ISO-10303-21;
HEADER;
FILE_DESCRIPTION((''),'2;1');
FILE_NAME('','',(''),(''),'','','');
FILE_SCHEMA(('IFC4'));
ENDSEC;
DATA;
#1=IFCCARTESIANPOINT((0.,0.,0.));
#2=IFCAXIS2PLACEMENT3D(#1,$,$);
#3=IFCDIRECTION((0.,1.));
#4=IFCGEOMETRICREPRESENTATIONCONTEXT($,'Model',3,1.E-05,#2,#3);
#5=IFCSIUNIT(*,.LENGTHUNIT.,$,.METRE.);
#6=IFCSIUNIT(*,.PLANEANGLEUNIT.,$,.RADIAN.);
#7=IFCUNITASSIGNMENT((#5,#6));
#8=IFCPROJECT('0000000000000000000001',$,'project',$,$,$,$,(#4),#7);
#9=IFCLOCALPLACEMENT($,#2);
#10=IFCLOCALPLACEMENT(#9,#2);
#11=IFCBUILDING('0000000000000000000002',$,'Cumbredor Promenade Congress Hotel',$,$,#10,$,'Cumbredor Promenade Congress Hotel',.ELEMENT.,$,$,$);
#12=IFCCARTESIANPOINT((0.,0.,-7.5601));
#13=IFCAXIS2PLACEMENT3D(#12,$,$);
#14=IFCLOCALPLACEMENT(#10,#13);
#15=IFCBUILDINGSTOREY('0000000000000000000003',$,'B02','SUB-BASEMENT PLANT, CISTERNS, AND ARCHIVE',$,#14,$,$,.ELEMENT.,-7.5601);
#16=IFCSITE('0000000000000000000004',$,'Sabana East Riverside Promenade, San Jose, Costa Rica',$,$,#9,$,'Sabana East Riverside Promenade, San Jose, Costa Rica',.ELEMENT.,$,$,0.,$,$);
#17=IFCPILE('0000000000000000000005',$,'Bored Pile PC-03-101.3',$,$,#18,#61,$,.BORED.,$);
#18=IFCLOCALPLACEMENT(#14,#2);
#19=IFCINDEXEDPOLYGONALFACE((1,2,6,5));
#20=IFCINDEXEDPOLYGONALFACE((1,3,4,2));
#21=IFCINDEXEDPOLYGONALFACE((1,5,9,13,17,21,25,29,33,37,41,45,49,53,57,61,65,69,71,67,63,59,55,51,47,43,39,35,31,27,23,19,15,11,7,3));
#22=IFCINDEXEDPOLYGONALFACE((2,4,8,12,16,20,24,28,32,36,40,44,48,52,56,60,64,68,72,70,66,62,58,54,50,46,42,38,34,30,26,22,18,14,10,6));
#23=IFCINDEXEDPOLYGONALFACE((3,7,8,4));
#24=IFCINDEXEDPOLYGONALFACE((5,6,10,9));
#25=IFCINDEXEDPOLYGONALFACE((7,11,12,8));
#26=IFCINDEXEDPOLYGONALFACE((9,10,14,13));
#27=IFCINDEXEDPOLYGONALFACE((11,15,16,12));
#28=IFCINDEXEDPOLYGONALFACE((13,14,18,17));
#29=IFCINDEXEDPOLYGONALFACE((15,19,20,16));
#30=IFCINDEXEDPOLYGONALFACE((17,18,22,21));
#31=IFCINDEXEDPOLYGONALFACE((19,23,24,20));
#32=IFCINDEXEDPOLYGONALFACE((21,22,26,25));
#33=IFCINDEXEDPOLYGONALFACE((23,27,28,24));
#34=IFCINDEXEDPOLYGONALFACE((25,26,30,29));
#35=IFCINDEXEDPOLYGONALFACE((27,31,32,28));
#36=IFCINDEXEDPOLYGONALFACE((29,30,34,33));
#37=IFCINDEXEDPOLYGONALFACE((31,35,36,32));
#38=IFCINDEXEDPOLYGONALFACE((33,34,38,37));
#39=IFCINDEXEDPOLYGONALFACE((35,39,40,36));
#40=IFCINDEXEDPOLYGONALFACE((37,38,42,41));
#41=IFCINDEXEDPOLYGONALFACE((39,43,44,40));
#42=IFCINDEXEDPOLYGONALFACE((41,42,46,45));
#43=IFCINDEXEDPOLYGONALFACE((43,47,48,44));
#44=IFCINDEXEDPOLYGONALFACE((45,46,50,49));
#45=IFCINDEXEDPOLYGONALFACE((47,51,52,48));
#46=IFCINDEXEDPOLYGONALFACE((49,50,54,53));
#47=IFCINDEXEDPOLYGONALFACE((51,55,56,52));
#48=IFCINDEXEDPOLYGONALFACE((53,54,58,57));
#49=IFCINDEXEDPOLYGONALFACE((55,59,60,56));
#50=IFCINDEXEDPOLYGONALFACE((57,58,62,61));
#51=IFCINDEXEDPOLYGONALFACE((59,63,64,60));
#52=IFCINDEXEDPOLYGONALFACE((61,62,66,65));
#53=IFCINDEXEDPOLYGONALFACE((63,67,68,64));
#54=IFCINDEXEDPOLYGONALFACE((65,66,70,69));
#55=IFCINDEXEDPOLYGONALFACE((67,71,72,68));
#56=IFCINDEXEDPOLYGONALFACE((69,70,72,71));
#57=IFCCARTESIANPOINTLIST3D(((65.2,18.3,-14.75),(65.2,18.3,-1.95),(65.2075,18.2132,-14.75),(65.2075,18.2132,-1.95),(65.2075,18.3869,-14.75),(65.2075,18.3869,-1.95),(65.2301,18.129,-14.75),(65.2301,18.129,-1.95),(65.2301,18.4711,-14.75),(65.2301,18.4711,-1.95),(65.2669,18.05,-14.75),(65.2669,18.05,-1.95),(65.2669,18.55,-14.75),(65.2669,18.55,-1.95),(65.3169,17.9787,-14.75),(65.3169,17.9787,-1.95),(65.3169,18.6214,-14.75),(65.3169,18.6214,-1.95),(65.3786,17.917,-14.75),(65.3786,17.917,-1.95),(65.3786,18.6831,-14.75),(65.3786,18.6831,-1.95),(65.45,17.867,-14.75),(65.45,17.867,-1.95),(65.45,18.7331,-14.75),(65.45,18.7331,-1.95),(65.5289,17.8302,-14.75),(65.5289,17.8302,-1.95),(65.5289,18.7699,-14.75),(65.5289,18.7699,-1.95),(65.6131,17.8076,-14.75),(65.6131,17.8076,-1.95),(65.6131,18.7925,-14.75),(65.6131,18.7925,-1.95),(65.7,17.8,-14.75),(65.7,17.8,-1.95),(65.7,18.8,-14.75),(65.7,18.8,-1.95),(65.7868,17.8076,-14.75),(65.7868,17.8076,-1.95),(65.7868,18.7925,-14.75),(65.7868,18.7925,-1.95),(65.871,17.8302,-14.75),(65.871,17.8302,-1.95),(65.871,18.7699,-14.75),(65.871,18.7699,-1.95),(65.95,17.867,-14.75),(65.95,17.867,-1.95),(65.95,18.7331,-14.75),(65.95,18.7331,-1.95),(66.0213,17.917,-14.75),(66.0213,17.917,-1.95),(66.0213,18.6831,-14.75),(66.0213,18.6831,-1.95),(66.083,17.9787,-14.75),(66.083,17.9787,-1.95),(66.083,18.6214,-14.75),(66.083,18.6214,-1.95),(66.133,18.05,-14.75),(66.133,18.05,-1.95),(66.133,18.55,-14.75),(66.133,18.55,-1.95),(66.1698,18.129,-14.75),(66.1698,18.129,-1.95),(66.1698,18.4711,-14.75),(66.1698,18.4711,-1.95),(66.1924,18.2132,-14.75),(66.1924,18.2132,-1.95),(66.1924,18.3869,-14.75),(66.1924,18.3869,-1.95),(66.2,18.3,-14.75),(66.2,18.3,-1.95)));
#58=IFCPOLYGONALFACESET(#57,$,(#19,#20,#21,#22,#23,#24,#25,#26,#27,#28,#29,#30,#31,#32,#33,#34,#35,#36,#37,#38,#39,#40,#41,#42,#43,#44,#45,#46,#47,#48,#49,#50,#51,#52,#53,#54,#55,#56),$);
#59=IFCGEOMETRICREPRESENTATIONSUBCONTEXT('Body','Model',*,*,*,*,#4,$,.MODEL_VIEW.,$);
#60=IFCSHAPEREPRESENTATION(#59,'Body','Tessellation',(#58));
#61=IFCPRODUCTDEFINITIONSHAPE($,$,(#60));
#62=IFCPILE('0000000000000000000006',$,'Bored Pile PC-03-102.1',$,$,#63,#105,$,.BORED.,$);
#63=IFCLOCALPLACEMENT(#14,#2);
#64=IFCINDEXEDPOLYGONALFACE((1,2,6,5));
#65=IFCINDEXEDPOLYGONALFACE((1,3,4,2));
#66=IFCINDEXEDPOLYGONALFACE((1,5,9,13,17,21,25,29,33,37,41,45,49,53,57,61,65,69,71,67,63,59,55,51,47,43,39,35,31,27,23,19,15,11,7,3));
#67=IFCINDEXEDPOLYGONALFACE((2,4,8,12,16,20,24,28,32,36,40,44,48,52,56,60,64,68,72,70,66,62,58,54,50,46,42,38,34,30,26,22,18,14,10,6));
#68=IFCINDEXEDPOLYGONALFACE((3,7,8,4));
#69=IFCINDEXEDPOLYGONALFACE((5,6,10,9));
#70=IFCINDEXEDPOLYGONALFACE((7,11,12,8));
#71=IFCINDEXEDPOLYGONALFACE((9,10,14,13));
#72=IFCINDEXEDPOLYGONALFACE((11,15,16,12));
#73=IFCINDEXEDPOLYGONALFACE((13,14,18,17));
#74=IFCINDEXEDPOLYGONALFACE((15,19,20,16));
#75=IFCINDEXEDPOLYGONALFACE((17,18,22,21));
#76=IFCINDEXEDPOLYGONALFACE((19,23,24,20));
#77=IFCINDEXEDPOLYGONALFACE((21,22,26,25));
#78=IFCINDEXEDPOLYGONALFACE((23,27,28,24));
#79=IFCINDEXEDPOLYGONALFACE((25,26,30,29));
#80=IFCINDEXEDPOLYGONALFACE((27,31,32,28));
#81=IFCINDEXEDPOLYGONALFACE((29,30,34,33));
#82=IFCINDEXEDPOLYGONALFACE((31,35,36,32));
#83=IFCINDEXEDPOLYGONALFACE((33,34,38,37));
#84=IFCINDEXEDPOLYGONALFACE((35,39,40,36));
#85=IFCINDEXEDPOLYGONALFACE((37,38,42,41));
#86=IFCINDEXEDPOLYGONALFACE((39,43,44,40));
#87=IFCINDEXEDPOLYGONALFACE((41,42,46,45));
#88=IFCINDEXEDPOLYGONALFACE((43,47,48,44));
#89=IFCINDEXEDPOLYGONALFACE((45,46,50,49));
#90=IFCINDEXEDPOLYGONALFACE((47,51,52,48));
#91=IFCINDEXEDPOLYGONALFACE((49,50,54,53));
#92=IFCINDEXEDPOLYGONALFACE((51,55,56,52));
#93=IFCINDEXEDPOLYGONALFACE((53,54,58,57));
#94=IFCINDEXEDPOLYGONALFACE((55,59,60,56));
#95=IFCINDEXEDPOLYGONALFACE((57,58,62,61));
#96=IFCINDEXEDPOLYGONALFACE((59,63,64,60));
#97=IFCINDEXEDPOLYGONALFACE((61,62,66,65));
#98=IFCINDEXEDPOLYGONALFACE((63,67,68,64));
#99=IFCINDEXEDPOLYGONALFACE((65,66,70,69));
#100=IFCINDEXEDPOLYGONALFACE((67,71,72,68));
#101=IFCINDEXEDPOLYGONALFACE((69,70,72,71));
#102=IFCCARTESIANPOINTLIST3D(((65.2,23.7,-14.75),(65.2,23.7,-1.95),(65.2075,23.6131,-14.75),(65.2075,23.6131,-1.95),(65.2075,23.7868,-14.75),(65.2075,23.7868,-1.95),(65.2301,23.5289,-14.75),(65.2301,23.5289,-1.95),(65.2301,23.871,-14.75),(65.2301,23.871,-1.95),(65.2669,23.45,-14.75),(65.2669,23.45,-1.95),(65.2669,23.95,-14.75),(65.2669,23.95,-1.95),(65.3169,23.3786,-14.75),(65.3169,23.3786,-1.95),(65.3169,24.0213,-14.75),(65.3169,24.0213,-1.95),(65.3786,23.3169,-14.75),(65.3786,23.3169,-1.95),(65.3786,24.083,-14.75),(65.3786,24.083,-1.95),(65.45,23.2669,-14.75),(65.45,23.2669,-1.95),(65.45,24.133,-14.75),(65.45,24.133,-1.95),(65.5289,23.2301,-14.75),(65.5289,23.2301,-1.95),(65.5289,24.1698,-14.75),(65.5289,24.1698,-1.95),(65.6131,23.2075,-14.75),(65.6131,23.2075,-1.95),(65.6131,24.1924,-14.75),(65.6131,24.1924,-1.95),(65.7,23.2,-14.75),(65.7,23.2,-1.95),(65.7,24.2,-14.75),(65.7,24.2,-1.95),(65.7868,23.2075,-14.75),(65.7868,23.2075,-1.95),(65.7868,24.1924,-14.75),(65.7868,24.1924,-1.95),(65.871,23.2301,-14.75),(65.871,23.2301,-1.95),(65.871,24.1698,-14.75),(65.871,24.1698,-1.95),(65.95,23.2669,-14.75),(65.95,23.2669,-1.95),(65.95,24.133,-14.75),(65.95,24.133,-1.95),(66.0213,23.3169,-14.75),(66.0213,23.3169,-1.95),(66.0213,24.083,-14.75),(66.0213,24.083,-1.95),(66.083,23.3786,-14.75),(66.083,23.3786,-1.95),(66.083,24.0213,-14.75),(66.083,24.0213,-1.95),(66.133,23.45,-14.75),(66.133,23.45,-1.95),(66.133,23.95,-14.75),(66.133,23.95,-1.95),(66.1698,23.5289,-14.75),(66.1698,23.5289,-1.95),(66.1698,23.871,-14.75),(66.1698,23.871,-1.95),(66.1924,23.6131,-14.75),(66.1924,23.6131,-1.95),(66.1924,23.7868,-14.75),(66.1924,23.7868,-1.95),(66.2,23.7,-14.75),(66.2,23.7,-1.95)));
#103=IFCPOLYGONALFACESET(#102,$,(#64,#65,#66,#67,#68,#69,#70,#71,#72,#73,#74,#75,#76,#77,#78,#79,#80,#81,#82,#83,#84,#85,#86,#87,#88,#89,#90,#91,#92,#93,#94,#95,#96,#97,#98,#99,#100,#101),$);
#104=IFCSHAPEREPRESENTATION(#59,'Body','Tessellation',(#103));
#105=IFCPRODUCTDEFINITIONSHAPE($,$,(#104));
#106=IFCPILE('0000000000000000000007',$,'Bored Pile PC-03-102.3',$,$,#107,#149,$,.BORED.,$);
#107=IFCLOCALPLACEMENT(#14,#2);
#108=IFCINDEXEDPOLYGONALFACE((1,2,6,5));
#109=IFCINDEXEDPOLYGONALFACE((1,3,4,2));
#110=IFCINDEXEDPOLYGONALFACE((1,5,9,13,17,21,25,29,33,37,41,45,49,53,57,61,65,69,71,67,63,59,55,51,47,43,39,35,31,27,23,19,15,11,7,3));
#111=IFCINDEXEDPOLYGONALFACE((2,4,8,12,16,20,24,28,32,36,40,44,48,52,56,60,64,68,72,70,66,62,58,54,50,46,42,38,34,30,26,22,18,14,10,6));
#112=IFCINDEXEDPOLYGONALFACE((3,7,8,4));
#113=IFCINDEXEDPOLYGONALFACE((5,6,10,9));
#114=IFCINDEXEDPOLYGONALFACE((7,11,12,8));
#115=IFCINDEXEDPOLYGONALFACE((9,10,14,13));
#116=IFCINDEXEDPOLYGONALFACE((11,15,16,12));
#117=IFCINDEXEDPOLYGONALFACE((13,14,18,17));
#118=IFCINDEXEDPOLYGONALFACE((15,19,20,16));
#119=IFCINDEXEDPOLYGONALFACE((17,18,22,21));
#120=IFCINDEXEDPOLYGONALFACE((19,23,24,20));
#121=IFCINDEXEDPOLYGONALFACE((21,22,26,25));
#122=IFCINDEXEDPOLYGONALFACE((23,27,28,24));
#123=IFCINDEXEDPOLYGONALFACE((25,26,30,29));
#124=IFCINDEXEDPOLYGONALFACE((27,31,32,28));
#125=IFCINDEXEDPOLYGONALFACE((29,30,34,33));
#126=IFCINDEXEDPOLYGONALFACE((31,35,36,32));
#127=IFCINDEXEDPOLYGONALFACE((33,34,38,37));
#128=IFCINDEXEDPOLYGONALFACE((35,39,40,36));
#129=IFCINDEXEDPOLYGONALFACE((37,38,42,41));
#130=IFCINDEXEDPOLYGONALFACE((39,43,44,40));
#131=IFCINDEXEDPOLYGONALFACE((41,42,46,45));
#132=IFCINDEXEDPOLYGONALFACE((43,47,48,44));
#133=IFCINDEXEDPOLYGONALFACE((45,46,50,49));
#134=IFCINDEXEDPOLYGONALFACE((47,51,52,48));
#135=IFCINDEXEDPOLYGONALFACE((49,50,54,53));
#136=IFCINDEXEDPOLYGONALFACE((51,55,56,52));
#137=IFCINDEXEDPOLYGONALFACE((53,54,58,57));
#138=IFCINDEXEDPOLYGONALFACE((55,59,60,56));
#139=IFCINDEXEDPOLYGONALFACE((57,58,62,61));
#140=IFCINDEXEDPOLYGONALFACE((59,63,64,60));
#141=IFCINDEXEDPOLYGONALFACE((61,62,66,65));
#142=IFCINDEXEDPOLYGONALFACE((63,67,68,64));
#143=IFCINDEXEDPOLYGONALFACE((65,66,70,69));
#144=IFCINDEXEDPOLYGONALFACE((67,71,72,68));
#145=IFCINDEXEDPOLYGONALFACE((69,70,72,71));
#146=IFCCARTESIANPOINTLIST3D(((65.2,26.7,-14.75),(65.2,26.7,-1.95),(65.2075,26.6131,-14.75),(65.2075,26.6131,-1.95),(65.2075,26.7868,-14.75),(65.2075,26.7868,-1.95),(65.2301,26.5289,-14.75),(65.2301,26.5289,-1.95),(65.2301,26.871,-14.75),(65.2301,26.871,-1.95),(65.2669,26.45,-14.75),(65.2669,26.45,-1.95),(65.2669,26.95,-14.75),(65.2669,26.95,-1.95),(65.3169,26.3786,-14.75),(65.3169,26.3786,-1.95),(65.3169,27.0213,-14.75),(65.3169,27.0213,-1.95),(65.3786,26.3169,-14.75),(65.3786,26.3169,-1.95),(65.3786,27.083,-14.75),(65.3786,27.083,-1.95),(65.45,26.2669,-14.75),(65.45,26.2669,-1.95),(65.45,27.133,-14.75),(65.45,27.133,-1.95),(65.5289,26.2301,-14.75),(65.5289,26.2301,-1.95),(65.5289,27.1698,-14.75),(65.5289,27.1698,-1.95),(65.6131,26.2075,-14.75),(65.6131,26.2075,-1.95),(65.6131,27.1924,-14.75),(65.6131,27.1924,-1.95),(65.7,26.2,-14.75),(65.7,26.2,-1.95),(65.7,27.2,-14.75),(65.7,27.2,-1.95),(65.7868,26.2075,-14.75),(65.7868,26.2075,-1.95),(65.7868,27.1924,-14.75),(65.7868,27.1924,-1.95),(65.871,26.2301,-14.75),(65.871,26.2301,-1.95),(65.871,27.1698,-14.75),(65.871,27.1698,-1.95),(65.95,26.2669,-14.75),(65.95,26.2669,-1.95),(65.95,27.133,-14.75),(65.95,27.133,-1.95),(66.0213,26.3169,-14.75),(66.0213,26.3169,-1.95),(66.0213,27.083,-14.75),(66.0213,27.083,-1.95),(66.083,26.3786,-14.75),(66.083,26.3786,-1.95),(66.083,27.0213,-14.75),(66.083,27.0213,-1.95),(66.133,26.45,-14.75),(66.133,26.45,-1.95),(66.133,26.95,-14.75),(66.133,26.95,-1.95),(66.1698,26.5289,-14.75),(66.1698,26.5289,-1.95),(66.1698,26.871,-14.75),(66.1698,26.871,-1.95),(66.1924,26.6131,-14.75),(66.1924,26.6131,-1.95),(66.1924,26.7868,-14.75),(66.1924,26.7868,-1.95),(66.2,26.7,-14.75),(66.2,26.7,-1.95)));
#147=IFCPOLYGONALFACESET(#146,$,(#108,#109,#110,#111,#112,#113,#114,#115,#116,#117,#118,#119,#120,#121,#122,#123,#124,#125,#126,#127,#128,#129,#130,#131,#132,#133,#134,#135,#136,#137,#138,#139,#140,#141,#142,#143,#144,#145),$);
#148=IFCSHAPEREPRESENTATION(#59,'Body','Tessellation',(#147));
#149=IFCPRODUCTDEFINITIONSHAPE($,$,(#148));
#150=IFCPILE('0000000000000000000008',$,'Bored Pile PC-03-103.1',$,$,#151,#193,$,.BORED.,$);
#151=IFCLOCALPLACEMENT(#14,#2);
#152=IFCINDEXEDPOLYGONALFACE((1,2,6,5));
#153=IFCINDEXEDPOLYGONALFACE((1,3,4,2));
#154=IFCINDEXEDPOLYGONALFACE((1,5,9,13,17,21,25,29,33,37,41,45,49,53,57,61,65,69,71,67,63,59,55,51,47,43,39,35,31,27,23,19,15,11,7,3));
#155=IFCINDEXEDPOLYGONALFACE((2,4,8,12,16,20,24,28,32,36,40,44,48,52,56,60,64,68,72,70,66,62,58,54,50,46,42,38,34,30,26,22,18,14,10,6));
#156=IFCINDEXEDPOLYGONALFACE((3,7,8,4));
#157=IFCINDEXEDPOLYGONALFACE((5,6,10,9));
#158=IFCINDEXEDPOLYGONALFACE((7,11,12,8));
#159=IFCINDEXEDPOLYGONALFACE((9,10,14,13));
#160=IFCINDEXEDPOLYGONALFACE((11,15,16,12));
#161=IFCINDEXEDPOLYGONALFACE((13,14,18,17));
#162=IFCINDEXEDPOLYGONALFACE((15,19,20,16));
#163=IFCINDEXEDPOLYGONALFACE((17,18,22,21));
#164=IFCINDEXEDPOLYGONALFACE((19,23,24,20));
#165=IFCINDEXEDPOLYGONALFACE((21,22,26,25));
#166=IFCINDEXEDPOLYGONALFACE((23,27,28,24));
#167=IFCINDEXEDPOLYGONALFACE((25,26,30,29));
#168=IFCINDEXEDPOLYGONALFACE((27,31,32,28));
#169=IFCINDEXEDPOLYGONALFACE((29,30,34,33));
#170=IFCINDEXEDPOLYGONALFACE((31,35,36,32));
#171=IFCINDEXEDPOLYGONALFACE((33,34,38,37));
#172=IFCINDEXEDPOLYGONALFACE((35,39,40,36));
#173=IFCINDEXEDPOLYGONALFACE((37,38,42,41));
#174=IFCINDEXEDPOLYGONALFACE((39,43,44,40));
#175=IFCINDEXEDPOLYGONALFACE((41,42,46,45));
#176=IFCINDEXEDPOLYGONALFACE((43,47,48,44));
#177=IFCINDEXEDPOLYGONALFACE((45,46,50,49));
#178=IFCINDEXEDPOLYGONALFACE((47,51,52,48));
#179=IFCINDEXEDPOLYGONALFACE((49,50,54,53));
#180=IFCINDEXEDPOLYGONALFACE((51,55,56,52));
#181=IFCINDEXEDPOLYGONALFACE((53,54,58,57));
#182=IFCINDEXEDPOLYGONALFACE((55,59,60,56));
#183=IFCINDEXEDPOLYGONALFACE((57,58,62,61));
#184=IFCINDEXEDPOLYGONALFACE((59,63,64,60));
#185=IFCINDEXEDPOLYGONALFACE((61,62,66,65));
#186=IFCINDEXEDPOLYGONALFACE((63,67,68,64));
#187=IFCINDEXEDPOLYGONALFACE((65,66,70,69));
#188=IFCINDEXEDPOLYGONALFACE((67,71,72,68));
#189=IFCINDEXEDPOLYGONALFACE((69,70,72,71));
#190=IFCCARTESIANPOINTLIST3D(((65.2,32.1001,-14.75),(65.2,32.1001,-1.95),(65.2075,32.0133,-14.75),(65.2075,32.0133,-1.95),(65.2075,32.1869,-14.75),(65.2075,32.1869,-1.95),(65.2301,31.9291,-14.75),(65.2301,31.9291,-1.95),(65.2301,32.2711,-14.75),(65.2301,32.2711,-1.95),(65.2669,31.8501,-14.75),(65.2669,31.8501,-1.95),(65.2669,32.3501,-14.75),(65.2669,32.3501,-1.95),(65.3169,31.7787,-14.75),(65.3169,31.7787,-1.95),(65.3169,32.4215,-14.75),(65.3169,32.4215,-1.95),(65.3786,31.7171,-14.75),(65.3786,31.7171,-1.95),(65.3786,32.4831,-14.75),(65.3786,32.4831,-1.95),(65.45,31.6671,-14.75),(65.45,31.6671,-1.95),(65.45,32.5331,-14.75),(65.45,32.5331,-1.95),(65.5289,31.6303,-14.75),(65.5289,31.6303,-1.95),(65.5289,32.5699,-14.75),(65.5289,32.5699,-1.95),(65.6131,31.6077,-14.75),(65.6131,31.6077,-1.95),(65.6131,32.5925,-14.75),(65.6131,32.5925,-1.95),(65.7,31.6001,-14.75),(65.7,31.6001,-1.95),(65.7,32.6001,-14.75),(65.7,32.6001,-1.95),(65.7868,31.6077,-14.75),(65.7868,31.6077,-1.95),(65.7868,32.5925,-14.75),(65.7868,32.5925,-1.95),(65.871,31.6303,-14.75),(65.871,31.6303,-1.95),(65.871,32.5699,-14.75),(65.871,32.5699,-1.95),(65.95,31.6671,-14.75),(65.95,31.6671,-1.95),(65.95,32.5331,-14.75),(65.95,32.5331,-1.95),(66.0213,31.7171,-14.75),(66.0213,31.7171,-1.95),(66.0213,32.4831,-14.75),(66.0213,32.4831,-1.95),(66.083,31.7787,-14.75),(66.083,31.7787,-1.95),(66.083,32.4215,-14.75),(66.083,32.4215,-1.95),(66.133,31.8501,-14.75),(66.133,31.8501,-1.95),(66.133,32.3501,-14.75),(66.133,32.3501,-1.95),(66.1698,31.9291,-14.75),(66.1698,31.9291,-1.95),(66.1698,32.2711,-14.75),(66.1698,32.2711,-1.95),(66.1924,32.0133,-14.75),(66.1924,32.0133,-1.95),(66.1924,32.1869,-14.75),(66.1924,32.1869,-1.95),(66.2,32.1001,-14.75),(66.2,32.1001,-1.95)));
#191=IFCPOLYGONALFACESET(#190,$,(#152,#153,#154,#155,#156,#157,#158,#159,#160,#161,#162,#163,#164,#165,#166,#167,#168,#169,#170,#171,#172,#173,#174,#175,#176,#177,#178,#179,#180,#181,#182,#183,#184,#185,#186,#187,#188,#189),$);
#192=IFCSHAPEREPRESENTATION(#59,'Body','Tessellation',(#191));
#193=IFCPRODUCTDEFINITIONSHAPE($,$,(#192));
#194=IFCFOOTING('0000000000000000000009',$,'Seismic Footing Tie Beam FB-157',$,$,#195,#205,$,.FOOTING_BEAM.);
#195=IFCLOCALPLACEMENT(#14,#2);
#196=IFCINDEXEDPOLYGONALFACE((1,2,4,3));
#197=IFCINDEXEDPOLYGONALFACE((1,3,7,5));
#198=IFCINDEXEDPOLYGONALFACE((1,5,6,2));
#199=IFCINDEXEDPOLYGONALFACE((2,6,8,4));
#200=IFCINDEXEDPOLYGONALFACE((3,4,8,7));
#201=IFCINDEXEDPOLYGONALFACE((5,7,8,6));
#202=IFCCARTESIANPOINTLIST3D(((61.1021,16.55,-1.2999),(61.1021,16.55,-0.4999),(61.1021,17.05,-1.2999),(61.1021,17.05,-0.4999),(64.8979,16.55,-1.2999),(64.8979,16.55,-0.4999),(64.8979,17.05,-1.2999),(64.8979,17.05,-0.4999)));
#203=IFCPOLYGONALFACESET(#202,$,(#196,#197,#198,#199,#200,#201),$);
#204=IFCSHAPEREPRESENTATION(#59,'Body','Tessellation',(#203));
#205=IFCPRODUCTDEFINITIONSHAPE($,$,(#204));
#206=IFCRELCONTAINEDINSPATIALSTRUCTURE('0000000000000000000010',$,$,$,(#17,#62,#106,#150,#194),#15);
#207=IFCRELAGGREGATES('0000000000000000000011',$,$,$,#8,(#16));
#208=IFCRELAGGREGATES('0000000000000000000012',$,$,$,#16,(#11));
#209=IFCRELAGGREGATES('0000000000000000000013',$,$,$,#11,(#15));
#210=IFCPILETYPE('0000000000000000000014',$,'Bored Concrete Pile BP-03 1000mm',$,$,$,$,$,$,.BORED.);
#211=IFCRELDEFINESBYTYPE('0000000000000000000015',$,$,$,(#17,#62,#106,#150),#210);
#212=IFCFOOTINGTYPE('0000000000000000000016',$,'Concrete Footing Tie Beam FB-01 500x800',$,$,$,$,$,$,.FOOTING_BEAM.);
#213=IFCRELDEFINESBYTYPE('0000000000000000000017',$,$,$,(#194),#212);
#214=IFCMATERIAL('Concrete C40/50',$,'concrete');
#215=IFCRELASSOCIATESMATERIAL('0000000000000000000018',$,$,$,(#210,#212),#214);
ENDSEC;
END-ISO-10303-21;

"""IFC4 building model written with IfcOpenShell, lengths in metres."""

from ifc_helpers import new_model, si_unit, direction, frame, origin, origin_2d, place, context, subcontext, project, spatial, rectangle, circle, extrude, material, material_profile, profile_set, type_object, element, save


model = new_model("IFC4")

# Units and contexts
model_context = context("Model", 3, precision=1e-05, world=origin(), true_north=direction((0.0, 1.0)))
body_context = subcontext(model_context, "Body", "Model", "MODEL_VIEW")
ifc_project = project(units=[si_unit("LENGTHUNIT", "METRE"), si_unit("PLANEANGLEUNIT", "RADIAN")], contexts=[model_context])

# Site, building, storey
site_placement = place(None, origin())
site = spatial("IfcSite", under=ifc_project, at=site_placement, Name="Sabana East Riverside Promenade, San Jose, Costa Rica", LongName="Sabana East Riverside Promenade, San Jose, Costa Rica", CompositionType="ELEMENT", RefElevation=0.0)
building_placement = place(site_placement, origin())
building = spatial("IfcBuilding", under=site, at=building_placement, Name="Cumbredor Promenade Congress Hotel", LongName="Cumbredor Promenade Congress Hotel", CompositionType="ELEMENT")
storey_placement = place(building_placement, frame((0.0, 0.0, -7.5601)))
storey = spatial("IfcBuildingStorey", under=building, at=storey_placement, Name="B02", Description="SUB-BASEMENT PLANT, CISTERNS, AND ARCHIVE", CompositionType="ELEMENT", Elevation=-7.5601)

# Piles
ifc_material_1 = material(Name="Concrete C40/50", Category="concrete")
ifc_material_profile_1 = material_profile(ifc_material_1, circle(Radius=0.5, at=origin_2d()), Name="PILE D1000")
ifc_profile_set_1 = profile_set([ifc_material_profile_1], Name="Concrete C40/50")
pile_type = type_object("IfcPileType", Name="Bored Concrete Pile BP-03 1000mm", PredefinedType="BORED", material=ifc_profile_set_1)
for number, where, z_axis, x_axis, name in (
    (1, (65.7, 18.3, -1.95), (0.0, 0.0, -1.0), (1.0, 0.0, 0.0), "Bored Pile PC-03-101.3"),
    (2, (65.7, 23.7, -1.95), (0.0, 0.0, -1.0), (1.0, 0.0, 0.0), "Bored Pile PC-03-102.1"),
    (3, (65.7, 26.7, -1.95), (0.0, 0.0, -1.0), (1.0, 0.0, 0.0), "Bored Pile PC-03-102.3"),
    (4, (65.7, 32.1001, -1.95), (0.0, 0.0, -1.0), (1.0, 0.0, 0.0), "Bored Pile PC-03-103.1"),
):
    element("IfcPile", number, at=place(storey_placement, frame(where, z_axis=z_axis, x_axis=x_axis)), inside=storey, type_object=pile_type, Name=name, PredefinedType="BORED", context=body_context, shape_type="SweptSolid", body=[
        extrude(circle(Radius=0.5, at=origin_2d()), origin(), (0.0, 0.0, 1.0), 12.8),
    ])

# Footing
ifc_material_profile_2 = material_profile(ifc_material_1, rectangle(XDim=0.5, YDim=0.8, at=origin_2d()), Name="FB 500x800")
ifc_profile_set_2 = profile_set([ifc_material_profile_2], Name="Concrete C40/50")
footing_type_1 = type_object("IfcFootingType", Name="Concrete Footing Tie Beam FB-01 500x800", PredefinedType="FOOTING_BEAM", material=ifc_profile_set_2)
for number, where, z_axis, x_axis, name in (
    (5, (61.1021, 16.8, -0.8999), (1.0, 0.0, 0.0), (0.0, 1.0, 0.0), "Seismic Footing Tie Beam FB-157"),
):
    element("IfcFooting", number, at=place(storey_placement, frame(where, z_axis=z_axis, x_axis=x_axis)), inside=storey, type_object=footing_type_1, Name=name, PredefinedType="FOOTING_BEAM", context=body_context, shape_type="SweptSolid", body=[
        extrude(rectangle(XDim=0.5, YDim=0.8, at=origin_2d()), origin(), (0.0, 0.0, 1.0), 3.7959),
    ])

save(model, "model.ifc")
